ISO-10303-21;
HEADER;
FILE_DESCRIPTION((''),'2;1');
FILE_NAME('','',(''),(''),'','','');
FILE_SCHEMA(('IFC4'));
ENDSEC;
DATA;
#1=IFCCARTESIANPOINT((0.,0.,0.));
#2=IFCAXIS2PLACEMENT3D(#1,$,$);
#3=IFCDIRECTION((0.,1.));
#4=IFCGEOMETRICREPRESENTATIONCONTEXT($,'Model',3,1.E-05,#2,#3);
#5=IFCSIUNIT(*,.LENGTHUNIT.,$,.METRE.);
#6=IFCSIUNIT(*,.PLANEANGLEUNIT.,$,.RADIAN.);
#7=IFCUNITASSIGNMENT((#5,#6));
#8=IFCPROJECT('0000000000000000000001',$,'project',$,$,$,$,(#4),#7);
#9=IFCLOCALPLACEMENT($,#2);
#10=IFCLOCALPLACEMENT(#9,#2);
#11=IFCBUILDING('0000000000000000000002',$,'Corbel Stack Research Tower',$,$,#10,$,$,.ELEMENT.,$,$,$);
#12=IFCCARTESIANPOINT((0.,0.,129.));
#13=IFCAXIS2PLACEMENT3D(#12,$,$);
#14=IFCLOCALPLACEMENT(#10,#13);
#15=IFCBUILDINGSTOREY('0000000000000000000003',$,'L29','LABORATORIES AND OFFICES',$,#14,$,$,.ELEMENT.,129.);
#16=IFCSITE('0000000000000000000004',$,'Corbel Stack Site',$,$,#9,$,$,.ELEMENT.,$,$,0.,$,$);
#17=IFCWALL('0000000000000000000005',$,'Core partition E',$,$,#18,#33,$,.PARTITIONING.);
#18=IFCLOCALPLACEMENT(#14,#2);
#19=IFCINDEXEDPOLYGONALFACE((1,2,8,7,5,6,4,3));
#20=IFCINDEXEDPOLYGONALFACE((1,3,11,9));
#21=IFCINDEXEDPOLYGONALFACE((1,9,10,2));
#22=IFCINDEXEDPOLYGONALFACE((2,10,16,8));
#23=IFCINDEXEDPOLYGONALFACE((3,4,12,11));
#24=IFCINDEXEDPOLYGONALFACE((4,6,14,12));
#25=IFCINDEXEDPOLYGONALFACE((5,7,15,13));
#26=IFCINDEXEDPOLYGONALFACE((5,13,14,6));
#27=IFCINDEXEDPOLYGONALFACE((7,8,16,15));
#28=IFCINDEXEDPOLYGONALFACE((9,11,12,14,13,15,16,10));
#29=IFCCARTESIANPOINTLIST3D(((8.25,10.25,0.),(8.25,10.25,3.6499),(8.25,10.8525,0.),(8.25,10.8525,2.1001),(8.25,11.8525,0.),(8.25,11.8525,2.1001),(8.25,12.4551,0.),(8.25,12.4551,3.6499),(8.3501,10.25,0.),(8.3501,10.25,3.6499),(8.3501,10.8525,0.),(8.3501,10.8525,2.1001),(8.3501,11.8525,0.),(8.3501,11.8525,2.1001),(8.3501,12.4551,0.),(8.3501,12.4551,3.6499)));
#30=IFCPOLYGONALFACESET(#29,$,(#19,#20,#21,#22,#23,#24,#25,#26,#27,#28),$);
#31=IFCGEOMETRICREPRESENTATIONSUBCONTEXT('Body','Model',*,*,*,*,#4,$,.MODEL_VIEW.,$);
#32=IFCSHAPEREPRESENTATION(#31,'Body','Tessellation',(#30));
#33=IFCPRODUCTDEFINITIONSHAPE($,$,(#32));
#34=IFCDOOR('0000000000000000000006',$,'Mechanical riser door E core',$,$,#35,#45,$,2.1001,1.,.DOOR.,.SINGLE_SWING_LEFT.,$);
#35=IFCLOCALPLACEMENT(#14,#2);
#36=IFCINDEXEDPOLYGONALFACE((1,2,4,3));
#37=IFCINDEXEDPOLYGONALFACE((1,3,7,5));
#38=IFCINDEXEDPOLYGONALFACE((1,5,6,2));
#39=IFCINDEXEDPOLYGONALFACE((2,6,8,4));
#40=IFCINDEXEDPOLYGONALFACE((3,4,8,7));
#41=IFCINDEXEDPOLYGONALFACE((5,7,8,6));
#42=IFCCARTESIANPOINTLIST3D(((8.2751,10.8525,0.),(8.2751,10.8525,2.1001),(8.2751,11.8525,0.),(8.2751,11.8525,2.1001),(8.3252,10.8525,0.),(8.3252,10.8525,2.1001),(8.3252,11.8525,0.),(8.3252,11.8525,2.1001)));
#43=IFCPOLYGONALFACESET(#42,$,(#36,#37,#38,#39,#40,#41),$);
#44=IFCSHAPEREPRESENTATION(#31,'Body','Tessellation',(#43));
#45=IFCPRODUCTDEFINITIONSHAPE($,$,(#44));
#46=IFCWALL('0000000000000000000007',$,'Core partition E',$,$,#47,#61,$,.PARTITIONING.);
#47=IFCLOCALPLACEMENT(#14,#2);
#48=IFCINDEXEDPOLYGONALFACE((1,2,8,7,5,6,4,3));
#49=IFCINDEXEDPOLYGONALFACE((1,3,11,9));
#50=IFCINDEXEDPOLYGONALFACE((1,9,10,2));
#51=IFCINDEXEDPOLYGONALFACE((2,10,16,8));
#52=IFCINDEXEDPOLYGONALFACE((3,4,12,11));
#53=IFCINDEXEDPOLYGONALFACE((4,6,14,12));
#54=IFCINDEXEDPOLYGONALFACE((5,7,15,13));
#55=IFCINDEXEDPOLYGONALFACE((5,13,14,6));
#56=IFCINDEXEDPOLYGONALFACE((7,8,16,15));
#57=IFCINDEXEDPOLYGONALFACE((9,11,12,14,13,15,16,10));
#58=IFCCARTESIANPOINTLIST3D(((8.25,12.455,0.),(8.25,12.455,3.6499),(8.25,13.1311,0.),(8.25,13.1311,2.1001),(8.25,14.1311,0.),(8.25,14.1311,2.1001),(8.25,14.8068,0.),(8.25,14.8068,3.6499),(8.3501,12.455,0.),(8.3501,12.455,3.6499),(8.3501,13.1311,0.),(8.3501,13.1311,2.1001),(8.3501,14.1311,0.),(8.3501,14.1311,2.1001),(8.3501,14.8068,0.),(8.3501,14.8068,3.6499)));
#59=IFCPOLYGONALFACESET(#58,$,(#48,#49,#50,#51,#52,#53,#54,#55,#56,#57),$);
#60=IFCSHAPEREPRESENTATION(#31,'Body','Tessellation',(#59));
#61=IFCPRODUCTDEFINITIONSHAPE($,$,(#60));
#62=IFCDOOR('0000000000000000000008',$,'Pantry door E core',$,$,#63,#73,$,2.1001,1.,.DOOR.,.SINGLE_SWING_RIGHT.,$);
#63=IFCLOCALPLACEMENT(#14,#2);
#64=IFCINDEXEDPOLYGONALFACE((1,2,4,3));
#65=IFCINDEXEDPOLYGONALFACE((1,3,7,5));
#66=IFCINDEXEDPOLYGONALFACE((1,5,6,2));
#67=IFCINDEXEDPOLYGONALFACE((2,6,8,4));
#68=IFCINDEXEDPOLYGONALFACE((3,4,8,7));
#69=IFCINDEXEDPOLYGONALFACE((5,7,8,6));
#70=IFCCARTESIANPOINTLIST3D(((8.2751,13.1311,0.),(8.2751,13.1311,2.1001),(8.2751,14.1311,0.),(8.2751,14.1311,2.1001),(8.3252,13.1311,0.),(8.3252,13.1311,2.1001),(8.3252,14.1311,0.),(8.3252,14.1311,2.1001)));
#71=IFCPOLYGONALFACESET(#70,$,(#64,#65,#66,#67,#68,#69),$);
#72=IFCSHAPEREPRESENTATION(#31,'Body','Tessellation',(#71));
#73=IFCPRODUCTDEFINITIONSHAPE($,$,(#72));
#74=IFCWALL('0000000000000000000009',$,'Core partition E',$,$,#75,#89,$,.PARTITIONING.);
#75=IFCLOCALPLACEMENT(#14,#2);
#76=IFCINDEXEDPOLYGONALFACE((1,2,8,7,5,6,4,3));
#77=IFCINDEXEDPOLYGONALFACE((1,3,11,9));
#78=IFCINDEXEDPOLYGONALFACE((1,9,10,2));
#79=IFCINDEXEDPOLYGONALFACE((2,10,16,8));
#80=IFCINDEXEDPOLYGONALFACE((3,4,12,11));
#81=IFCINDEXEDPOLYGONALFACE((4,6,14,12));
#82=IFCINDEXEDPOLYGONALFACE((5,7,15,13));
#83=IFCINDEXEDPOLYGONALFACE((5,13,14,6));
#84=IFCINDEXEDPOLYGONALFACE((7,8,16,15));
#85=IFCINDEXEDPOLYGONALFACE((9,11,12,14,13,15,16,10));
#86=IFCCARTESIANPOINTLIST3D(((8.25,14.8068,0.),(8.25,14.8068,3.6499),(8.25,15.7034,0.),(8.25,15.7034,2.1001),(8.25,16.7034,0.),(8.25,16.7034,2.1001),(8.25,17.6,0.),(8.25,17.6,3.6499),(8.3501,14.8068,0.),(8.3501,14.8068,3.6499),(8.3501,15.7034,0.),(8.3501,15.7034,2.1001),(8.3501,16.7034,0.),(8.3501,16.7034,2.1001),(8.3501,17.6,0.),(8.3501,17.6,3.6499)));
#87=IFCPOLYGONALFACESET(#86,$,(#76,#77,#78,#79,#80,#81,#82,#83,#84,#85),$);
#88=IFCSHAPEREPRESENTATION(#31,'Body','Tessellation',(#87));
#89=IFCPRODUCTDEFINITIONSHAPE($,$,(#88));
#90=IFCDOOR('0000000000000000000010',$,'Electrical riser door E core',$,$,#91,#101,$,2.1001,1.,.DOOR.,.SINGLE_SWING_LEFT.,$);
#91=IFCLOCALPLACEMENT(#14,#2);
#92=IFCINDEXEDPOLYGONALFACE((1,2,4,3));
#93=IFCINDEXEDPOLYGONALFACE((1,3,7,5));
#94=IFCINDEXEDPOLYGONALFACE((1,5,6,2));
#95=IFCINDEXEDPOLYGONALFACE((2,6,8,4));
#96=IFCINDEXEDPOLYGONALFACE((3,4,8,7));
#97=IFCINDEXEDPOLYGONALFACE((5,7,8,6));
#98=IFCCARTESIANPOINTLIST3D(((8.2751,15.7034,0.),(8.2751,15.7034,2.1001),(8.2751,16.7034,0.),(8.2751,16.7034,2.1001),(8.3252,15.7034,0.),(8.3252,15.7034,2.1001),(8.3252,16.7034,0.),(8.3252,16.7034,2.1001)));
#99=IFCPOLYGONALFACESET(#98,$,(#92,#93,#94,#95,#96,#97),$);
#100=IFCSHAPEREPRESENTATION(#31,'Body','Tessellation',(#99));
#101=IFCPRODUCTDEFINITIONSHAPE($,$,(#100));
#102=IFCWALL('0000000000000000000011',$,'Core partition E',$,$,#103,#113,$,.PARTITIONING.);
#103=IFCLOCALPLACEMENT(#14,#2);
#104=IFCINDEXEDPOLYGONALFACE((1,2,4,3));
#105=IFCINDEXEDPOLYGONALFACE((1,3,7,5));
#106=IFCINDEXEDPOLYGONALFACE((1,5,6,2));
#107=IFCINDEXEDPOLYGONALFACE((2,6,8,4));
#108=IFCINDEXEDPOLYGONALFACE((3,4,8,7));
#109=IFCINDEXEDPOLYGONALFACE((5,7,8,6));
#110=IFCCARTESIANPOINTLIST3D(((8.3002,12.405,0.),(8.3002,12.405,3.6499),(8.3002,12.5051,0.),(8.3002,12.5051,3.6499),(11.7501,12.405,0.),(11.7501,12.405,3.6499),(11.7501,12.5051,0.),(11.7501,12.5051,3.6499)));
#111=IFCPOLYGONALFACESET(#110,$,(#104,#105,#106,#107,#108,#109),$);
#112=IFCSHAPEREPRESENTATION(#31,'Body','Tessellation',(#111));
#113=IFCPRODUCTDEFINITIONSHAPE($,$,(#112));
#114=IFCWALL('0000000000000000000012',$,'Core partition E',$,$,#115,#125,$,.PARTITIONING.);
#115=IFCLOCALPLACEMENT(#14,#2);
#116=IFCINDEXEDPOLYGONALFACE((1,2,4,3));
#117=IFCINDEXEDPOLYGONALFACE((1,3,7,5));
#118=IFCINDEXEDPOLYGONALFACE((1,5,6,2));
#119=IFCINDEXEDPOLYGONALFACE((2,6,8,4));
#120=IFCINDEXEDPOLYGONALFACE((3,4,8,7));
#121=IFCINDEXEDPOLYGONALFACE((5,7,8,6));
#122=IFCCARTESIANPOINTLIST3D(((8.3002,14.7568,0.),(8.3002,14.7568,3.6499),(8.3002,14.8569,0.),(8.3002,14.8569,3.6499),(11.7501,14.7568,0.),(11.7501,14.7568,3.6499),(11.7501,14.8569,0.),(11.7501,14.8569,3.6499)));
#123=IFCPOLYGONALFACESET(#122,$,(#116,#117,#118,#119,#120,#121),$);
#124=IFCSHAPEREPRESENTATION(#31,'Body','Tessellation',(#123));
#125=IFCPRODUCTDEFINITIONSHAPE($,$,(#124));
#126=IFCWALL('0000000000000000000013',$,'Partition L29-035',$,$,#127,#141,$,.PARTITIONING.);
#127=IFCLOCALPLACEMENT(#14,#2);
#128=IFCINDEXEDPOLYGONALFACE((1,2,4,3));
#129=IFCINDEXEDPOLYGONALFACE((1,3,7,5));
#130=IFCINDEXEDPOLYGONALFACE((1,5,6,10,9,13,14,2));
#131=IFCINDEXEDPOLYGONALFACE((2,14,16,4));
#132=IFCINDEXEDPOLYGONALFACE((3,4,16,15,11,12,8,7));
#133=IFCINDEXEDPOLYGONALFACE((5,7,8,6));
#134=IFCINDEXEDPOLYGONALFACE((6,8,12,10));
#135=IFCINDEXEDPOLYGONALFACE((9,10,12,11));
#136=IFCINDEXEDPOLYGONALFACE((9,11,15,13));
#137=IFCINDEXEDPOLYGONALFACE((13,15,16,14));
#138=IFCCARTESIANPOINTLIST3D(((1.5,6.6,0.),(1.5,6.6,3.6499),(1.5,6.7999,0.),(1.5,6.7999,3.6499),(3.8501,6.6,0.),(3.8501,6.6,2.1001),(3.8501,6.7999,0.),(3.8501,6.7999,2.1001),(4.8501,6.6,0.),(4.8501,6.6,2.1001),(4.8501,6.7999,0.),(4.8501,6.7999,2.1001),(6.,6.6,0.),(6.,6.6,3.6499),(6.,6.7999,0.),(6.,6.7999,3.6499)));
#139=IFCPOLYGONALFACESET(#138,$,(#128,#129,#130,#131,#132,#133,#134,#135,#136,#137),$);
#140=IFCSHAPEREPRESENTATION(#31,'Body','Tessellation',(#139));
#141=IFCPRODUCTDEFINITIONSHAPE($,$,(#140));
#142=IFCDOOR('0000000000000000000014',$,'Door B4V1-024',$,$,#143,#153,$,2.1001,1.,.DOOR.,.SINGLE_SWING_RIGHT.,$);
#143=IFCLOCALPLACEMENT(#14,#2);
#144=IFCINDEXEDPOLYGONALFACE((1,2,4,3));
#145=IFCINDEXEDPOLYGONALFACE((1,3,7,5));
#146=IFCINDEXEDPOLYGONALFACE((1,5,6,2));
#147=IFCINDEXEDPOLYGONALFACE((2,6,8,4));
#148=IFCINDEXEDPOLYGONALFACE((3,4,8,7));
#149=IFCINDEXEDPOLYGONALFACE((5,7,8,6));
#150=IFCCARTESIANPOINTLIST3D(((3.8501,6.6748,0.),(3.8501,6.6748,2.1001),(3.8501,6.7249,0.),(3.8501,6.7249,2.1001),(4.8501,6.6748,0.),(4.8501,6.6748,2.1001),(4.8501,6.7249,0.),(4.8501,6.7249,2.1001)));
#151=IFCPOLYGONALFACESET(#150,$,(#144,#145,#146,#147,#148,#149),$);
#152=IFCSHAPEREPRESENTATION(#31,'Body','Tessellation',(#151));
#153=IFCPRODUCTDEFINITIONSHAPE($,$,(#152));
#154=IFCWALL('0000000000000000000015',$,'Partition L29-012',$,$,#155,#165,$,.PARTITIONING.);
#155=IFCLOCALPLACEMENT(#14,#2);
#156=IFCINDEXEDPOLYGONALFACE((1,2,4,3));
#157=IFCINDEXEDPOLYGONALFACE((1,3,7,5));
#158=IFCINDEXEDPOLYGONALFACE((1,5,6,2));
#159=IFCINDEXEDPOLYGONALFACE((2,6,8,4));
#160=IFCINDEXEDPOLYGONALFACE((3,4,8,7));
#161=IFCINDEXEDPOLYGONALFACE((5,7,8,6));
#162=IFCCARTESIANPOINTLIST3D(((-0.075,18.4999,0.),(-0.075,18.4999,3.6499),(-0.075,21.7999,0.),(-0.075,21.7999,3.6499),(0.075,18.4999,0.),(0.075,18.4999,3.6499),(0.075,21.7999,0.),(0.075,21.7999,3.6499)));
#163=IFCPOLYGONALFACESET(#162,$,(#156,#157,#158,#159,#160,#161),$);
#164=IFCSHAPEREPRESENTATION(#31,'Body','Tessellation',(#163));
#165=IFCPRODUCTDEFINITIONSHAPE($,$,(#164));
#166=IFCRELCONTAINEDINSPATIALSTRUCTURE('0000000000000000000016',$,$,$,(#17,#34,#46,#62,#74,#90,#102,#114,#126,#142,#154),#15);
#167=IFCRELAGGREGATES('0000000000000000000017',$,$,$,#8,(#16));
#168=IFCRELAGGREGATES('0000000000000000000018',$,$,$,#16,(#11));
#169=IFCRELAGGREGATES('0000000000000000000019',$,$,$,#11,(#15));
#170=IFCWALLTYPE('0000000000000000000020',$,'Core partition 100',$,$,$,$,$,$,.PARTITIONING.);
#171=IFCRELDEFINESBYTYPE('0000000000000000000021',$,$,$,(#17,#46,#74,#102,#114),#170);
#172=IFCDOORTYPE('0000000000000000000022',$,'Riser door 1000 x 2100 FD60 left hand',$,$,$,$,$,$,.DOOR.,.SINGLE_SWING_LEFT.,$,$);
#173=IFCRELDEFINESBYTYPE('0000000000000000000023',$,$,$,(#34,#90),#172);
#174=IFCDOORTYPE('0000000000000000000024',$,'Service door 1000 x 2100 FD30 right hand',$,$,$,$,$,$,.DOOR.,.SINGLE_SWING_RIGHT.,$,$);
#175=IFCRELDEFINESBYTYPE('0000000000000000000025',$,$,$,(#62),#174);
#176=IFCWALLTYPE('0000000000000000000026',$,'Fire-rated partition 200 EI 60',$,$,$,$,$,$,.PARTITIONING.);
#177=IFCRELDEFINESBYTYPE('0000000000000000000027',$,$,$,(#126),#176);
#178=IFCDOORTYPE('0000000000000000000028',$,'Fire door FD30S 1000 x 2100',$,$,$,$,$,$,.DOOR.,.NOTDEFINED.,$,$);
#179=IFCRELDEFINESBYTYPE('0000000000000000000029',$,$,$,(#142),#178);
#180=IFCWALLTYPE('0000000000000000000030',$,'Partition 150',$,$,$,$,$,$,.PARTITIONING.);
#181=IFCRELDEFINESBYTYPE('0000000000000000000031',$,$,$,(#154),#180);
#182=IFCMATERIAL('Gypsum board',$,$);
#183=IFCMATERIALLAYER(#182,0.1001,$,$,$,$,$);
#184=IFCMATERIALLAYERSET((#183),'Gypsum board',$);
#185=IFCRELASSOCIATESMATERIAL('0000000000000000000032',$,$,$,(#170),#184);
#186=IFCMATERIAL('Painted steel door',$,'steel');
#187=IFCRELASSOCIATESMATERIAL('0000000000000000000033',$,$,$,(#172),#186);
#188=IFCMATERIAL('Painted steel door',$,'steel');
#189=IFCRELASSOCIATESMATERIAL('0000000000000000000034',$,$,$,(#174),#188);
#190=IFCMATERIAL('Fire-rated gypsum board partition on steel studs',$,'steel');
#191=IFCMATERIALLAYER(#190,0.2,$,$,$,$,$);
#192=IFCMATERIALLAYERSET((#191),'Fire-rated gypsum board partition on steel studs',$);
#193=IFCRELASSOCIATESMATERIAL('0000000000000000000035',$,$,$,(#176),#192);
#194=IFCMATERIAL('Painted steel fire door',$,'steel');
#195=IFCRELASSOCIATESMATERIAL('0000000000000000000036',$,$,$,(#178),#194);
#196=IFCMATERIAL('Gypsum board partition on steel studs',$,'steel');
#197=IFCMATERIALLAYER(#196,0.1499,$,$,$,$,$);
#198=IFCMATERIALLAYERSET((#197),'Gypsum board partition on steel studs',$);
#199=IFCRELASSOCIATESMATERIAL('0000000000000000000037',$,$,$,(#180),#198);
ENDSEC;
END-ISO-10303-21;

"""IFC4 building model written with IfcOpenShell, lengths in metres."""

from ifc_helpers import new_model, si_unit, direction, frame, frame_2d, origin, place, context, subcontext, project, spatial, rectangle, extrude, material, layer, layer_set, type_object, element, fill, save


model = new_model("IFC4")

# Units and contexts
model_context = context("Model", 3, precision=1e-05, world=origin(), true_north=direction((0.0, 1.0)))
body_context = subcontext(model_context, "Body", "Model", "MODEL_VIEW")
ifc_project = project(units=[si_unit("LENGTHUNIT", "METRE"), si_unit("PLANEANGLEUNIT", "RADIAN")], contexts=[model_context])

# Site, building, storey
site_placement = place(None, origin())
site = spatial("IfcSite", under=ifc_project, at=site_placement, Name="Corbel Stack Site", CompositionType="ELEMENT", RefElevation=0.0)
building_placement = place(site_placement, origin())
building = spatial("IfcBuilding", under=site, at=building_placement, Name="Corbel Stack Research Tower", CompositionType="ELEMENT")
storey_placement = place(building_placement, frame((0.0, 0.0, 129.0)))
storey = spatial("IfcBuildingStorey", under=building, at=storey_placement, Name="L29", Description="LABORATORIES AND OFFICES", CompositionType="ELEMENT", Elevation=129.0)

# Walls, openings, doors
ifc_material_1 = material(Name="Gypsum board")
ifc_layer_1 = layer(ifc_material_1, 0.1001)
ifc_layer_set_1 = layer_set([ifc_layer_1], Name="Gypsum board")
wall_type_1 = type_object("IfcWallType", Name="Core partition 100", PredefinedType="PARTITIONING", material=ifc_layer_set_1)
wall_1_placement = place(storey_placement, frame((8.3, 10.25, 0.0), z_axis=(0.0, 0.0, 1.0), x_axis=(0.0, 1.0, 0.0)))
wall_1 = element("IfcWall", 1, at=wall_1_placement, inside=storey, type_object=wall_type_1, Name="Core partition E", PredefinedType="PARTITIONING", context=body_context, shape_type="SweptSolid", body=[
    extrude(rectangle(XDim=2.2051, YDim=0.1001, at=frame_2d((1.1025, 0.0))), origin(), (0.0, 0.0, 1.0), 3.6499),
])
opening_1_placement = place(wall_1_placement, frame((0.6025, 0.0, 0.0)))
opening_1 = element("IfcOpeningElement", 2, at=opening_1_placement, cuts=wall_1, PredefinedType="OPENING", context=body_context, shape_type="SweptSolid", body=[
    extrude(rectangle(XDim=1.0, YDim=2.1001, at=frame_2d((0.5, 1.05))), frame((0.0, 0.0601, 0.0), z_axis=(0.0, -1.0, 0.0), x_axis=(1.0, 0.0, 0.0)), (0.0, 0.0, 1.0), 0.1201),
])
ifc_material_2 = material(Name="Painted steel door", Category="steel")
door_type_1 = type_object("IfcDoorType", Name="Riser door 1000 x 2100 FD60 left hand", OperationType="SINGLE_SWING_LEFT", PredefinedType="DOOR", material=ifc_material_2)
door_1_placement = place(opening_1_placement, origin())
door_1 = element("IfcDoor", 3, at=door_1_placement, inside=storey, type_object=door_type_1, Name="Mechanical riser door E core", OperationType="SINGLE_SWING_LEFT", OverallHeight=2.1001, OverallWidth=1.0, PredefinedType="DOOR", context=body_context, shape_type="SweptSolid", body=[
    extrude(rectangle(XDim=1.0, YDim=2.1001, at=frame_2d((0.5, 1.05))), frame((0.0, 0.0249, 0.0), z_axis=(0.0, -1.0, 0.0), x_axis=(1.0, 0.0, 0.0)), (0.0, 0.0, 1.0), 0.05),
])
fill(opening_1, door_1)
wall_2_placement = place(storey_placement, frame((8.3, 12.4551, 0.0), z_axis=(0.0, 0.0, 1.0), x_axis=(0.0, 1.0, 0.0)))
wall_2 = element("IfcWall", 4, at=wall_2_placement, inside=storey, type_object=wall_type_1, Name="Core partition E", PredefinedType="PARTITIONING", context=body_context, shape_type="SweptSolid", body=[
    extrude(rectangle(XDim=2.3518, YDim=0.1001, at=frame_2d((1.1758, 0.0))), origin(), (0.0, 0.0, 1.0), 3.6499),
])
opening_2_placement = place(wall_2_placement, frame((0.676, 0.0, 0.0)))
opening_2 = element("IfcOpeningElement", 5, at=opening_2_placement, cuts=wall_2, PredefinedType="OPENING", context=body_context, shape_type="SweptSolid", body=[
    extrude(rectangle(XDim=1.0, YDim=2.1001, at=frame_2d((0.5, 1.05))), frame((0.0, 0.0601, 0.0), z_axis=(0.0, -1.0, 0.0), x_axis=(1.0, 0.0, 0.0)), (0.0, 0.0, 1.0), 0.1201),
])
ifc_material_3 = material(Name="Painted steel door", Category="steel")
door_type_2 = type_object("IfcDoorType", Name="Service door 1000 x 2100 FD30 right hand", OperationType="SINGLE_SWING_RIGHT", PredefinedType="DOOR", material=ifc_material_3)
door_2_placement = place(opening_2_placement, origin())
door_2 = element("IfcDoor", 6, at=door_2_placement, inside=storey, type_object=door_type_2, Name="Pantry door E core", OperationType="SINGLE_SWING_RIGHT", OverallHeight=2.1001, OverallWidth=1.0, PredefinedType="DOOR", context=body_context, shape_type="SweptSolid", body=[
    extrude(rectangle(XDim=1.0, YDim=2.1001, at=frame_2d((0.5, 1.05))), frame((0.0, 0.0249, 0.0), z_axis=(0.0, -1.0, 0.0), x_axis=(1.0, 0.0, 0.0)), (0.0, 0.0, 1.0), 0.05),
])
fill(opening_2, door_2)
wall_3_placement = place(storey_placement, frame((8.3, 14.8069, 0.0), z_axis=(0.0, 0.0, 1.0), x_axis=(0.0, 1.0, 0.0)))
wall_3 = element("IfcWall", 7, at=wall_3_placement, inside=storey, type_object=wall_type_1, Name="Core partition E", PredefinedType="PARTITIONING", context=body_context, shape_type="SweptSolid", body=[
    extrude(rectangle(XDim=2.7932, YDim=0.1001, at=frame_2d((1.3965, 0.0))), origin(), (0.0, 0.0, 1.0), 3.6499),
])
opening_3_placement = place(wall_3_placement, frame((0.8965, 0.0, 0.0)))
opening_3 = element("IfcOpeningElement", 8, at=opening_3_placement, cuts=wall_3, PredefinedType="OPENING", context=body_context, shape_type="SweptSolid", body=[
    extrude(rectangle(XDim=1.0, YDim=2.1001, at=frame_2d((0.5, 1.05))), frame((0.0, 0.0601, 0.0), z_axis=(0.0, -1.0, 0.0), x_axis=(1.0, 0.0, 0.0)), (0.0, 0.0, 1.0), 0.1201),
])
door_3_placement = place(opening_3_placement, origin())
door_3 = element("IfcDoor", 9, at=door_3_placement, inside=storey, type_object=door_type_1, Name="Electrical riser door E core", OperationType="SINGLE_SWING_LEFT", OverallHeight=2.1001, OverallWidth=1.0, PredefinedType="DOOR", context=body_context, shape_type="SweptSolid", body=[
    extrude(rectangle(XDim=1.0, YDim=2.1001, at=frame_2d((0.5, 1.05))), frame((0.0, 0.0249, 0.0), z_axis=(0.0, -1.0, 0.0), x_axis=(1.0, 0.0, 0.0)), (0.0, 0.0, 1.0), 0.05),
])
fill(opening_3, door_3)

# Walls
for number, where, z_axis, x_axis, name in (
    (10, (8.3, 12.4551, 0.0), (0.0, 0.0, 1.0), (1.0, 0.0, 0.0), "Core partition E"),
    (11, (8.3, 14.8069, 0.0), (0.0, 0.0, 1.0), (1.0, 0.0, 0.0), "Core partition E"),
):
    element("IfcWall", number, at=place(storey_placement, frame(where, z_axis=z_axis, x_axis=x_axis)), inside=storey, type_object=wall_type_1, Name=name, PredefinedType="PARTITIONING", context=body_context, shape_type="SweptSolid", body=[
        extrude(rectangle(XDim=3.45, YDim=0.1001, at=frame_2d((1.7251, 0.0))), origin(), (0.0, 0.0, 1.0), 3.6499),
    ])

# Wall, opening, door
ifc_material_4 = material(Name="Fire-rated gypsum board partition on steel studs", Category="steel")
ifc_layer_2 = layer(ifc_material_4, 0.2)
ifc_layer_set_2 = layer_set([ifc_layer_2], Name="Fire-rated gypsum board partition on steel studs")
wall_type_2 = type_object("IfcWallType", Name="Fire-rated partition 200 EI 60", PredefinedType="PARTITIONING", material=ifc_layer_set_2)
wall_4_placement = place(storey_placement, frame((1.5, 6.7, 0.0), z_axis=(0.0, 0.0, 1.0), x_axis=(1.0, 0.0, 0.0)))
wall_4 = element("IfcWall", 12, at=wall_4_placement, inside=storey, type_object=wall_type_2, Name="Partition L29-035", PredefinedType="PARTITIONING", context=body_context, shape_type="SweptSolid", body=[
    extrude(rectangle(XDim=4.5, YDim=0.2, at=frame_2d((2.25, 0.0))), origin(), (0.0, 0.0, 1.0), 3.6499),
])
opening_4_placement = place(wall_4_placement, frame((2.3501, 0.0, 0.0)))
opening_4 = element("IfcOpeningElement", 13, at=opening_4_placement, cuts=wall_4, PredefinedType="OPENING", context=body_context, shape_type="SweptSolid", body=[
    extrude(rectangle(XDim=1.0, YDim=2.1001, at=frame_2d((0.5, 1.05))), frame((0.0, 0.1099, 0.0), z_axis=(0.0, -1.0, 0.0), x_axis=(1.0, 0.0, 0.0)), (0.0, 0.0, 1.0), 0.22),
])
ifc_material_5 = material(Name="Painted steel fire door", Category="steel")
door_type_3 = type_object("IfcDoorType", Name="Fire door FD30S 1000 x 2100", OperationType="NOTDEFINED", PredefinedType="DOOR", material=ifc_material_5)
door_4_placement = place(opening_4_placement, origin())
door_4 = element("IfcDoor", 14, at=door_4_placement, inside=storey, type_object=door_type_3, Name="Door B4V1-024", OperationType="SINGLE_SWING_RIGHT", OverallHeight=2.1001, OverallWidth=1.0, PredefinedType="DOOR", context=body_context, shape_type="SweptSolid", body=[
    extrude(rectangle(XDim=1.0, YDim=2.1001, at=frame_2d((0.5, 1.05))), frame((0.0, 0.0249, 0.0), z_axis=(0.0, -1.0, 0.0), x_axis=(1.0, 0.0, 0.0)), (0.0, 0.0, 1.0), 0.05),
])
fill(opening_4, door_4)

# Wall
ifc_material_6 = material(Name="Gypsum board partition on steel studs", Category="steel")
ifc_layer_3 = layer(ifc_material_6, 0.1499)
ifc_layer_set_3 = layer_set([ifc_layer_3], Name="Gypsum board partition on steel studs")
wall_type_3 = type_object("IfcWallType", Name="Partition 150", PredefinedType="PARTITIONING", material=ifc_layer_set_3)
wall_5_placement = place(storey_placement, frame((0.0, 18.5, 0.0), z_axis=(0.0, 0.0, 1.0), x_axis=(0.0, 1.0, 0.0)))
element("IfcWall", 15, at=wall_5_placement, inside=storey, type_object=wall_type_3, Name="Partition L29-012", PredefinedType="PARTITIONING", context=body_context, shape_type="SweptSolid", body=[
    extrude(rectangle(XDim=3.3, YDim=0.1499, at=frame_2d((1.6499, 0.0))), origin(), (0.0, 0.0, 1.0), 3.6499),
])

save(model, "model.ifc")
